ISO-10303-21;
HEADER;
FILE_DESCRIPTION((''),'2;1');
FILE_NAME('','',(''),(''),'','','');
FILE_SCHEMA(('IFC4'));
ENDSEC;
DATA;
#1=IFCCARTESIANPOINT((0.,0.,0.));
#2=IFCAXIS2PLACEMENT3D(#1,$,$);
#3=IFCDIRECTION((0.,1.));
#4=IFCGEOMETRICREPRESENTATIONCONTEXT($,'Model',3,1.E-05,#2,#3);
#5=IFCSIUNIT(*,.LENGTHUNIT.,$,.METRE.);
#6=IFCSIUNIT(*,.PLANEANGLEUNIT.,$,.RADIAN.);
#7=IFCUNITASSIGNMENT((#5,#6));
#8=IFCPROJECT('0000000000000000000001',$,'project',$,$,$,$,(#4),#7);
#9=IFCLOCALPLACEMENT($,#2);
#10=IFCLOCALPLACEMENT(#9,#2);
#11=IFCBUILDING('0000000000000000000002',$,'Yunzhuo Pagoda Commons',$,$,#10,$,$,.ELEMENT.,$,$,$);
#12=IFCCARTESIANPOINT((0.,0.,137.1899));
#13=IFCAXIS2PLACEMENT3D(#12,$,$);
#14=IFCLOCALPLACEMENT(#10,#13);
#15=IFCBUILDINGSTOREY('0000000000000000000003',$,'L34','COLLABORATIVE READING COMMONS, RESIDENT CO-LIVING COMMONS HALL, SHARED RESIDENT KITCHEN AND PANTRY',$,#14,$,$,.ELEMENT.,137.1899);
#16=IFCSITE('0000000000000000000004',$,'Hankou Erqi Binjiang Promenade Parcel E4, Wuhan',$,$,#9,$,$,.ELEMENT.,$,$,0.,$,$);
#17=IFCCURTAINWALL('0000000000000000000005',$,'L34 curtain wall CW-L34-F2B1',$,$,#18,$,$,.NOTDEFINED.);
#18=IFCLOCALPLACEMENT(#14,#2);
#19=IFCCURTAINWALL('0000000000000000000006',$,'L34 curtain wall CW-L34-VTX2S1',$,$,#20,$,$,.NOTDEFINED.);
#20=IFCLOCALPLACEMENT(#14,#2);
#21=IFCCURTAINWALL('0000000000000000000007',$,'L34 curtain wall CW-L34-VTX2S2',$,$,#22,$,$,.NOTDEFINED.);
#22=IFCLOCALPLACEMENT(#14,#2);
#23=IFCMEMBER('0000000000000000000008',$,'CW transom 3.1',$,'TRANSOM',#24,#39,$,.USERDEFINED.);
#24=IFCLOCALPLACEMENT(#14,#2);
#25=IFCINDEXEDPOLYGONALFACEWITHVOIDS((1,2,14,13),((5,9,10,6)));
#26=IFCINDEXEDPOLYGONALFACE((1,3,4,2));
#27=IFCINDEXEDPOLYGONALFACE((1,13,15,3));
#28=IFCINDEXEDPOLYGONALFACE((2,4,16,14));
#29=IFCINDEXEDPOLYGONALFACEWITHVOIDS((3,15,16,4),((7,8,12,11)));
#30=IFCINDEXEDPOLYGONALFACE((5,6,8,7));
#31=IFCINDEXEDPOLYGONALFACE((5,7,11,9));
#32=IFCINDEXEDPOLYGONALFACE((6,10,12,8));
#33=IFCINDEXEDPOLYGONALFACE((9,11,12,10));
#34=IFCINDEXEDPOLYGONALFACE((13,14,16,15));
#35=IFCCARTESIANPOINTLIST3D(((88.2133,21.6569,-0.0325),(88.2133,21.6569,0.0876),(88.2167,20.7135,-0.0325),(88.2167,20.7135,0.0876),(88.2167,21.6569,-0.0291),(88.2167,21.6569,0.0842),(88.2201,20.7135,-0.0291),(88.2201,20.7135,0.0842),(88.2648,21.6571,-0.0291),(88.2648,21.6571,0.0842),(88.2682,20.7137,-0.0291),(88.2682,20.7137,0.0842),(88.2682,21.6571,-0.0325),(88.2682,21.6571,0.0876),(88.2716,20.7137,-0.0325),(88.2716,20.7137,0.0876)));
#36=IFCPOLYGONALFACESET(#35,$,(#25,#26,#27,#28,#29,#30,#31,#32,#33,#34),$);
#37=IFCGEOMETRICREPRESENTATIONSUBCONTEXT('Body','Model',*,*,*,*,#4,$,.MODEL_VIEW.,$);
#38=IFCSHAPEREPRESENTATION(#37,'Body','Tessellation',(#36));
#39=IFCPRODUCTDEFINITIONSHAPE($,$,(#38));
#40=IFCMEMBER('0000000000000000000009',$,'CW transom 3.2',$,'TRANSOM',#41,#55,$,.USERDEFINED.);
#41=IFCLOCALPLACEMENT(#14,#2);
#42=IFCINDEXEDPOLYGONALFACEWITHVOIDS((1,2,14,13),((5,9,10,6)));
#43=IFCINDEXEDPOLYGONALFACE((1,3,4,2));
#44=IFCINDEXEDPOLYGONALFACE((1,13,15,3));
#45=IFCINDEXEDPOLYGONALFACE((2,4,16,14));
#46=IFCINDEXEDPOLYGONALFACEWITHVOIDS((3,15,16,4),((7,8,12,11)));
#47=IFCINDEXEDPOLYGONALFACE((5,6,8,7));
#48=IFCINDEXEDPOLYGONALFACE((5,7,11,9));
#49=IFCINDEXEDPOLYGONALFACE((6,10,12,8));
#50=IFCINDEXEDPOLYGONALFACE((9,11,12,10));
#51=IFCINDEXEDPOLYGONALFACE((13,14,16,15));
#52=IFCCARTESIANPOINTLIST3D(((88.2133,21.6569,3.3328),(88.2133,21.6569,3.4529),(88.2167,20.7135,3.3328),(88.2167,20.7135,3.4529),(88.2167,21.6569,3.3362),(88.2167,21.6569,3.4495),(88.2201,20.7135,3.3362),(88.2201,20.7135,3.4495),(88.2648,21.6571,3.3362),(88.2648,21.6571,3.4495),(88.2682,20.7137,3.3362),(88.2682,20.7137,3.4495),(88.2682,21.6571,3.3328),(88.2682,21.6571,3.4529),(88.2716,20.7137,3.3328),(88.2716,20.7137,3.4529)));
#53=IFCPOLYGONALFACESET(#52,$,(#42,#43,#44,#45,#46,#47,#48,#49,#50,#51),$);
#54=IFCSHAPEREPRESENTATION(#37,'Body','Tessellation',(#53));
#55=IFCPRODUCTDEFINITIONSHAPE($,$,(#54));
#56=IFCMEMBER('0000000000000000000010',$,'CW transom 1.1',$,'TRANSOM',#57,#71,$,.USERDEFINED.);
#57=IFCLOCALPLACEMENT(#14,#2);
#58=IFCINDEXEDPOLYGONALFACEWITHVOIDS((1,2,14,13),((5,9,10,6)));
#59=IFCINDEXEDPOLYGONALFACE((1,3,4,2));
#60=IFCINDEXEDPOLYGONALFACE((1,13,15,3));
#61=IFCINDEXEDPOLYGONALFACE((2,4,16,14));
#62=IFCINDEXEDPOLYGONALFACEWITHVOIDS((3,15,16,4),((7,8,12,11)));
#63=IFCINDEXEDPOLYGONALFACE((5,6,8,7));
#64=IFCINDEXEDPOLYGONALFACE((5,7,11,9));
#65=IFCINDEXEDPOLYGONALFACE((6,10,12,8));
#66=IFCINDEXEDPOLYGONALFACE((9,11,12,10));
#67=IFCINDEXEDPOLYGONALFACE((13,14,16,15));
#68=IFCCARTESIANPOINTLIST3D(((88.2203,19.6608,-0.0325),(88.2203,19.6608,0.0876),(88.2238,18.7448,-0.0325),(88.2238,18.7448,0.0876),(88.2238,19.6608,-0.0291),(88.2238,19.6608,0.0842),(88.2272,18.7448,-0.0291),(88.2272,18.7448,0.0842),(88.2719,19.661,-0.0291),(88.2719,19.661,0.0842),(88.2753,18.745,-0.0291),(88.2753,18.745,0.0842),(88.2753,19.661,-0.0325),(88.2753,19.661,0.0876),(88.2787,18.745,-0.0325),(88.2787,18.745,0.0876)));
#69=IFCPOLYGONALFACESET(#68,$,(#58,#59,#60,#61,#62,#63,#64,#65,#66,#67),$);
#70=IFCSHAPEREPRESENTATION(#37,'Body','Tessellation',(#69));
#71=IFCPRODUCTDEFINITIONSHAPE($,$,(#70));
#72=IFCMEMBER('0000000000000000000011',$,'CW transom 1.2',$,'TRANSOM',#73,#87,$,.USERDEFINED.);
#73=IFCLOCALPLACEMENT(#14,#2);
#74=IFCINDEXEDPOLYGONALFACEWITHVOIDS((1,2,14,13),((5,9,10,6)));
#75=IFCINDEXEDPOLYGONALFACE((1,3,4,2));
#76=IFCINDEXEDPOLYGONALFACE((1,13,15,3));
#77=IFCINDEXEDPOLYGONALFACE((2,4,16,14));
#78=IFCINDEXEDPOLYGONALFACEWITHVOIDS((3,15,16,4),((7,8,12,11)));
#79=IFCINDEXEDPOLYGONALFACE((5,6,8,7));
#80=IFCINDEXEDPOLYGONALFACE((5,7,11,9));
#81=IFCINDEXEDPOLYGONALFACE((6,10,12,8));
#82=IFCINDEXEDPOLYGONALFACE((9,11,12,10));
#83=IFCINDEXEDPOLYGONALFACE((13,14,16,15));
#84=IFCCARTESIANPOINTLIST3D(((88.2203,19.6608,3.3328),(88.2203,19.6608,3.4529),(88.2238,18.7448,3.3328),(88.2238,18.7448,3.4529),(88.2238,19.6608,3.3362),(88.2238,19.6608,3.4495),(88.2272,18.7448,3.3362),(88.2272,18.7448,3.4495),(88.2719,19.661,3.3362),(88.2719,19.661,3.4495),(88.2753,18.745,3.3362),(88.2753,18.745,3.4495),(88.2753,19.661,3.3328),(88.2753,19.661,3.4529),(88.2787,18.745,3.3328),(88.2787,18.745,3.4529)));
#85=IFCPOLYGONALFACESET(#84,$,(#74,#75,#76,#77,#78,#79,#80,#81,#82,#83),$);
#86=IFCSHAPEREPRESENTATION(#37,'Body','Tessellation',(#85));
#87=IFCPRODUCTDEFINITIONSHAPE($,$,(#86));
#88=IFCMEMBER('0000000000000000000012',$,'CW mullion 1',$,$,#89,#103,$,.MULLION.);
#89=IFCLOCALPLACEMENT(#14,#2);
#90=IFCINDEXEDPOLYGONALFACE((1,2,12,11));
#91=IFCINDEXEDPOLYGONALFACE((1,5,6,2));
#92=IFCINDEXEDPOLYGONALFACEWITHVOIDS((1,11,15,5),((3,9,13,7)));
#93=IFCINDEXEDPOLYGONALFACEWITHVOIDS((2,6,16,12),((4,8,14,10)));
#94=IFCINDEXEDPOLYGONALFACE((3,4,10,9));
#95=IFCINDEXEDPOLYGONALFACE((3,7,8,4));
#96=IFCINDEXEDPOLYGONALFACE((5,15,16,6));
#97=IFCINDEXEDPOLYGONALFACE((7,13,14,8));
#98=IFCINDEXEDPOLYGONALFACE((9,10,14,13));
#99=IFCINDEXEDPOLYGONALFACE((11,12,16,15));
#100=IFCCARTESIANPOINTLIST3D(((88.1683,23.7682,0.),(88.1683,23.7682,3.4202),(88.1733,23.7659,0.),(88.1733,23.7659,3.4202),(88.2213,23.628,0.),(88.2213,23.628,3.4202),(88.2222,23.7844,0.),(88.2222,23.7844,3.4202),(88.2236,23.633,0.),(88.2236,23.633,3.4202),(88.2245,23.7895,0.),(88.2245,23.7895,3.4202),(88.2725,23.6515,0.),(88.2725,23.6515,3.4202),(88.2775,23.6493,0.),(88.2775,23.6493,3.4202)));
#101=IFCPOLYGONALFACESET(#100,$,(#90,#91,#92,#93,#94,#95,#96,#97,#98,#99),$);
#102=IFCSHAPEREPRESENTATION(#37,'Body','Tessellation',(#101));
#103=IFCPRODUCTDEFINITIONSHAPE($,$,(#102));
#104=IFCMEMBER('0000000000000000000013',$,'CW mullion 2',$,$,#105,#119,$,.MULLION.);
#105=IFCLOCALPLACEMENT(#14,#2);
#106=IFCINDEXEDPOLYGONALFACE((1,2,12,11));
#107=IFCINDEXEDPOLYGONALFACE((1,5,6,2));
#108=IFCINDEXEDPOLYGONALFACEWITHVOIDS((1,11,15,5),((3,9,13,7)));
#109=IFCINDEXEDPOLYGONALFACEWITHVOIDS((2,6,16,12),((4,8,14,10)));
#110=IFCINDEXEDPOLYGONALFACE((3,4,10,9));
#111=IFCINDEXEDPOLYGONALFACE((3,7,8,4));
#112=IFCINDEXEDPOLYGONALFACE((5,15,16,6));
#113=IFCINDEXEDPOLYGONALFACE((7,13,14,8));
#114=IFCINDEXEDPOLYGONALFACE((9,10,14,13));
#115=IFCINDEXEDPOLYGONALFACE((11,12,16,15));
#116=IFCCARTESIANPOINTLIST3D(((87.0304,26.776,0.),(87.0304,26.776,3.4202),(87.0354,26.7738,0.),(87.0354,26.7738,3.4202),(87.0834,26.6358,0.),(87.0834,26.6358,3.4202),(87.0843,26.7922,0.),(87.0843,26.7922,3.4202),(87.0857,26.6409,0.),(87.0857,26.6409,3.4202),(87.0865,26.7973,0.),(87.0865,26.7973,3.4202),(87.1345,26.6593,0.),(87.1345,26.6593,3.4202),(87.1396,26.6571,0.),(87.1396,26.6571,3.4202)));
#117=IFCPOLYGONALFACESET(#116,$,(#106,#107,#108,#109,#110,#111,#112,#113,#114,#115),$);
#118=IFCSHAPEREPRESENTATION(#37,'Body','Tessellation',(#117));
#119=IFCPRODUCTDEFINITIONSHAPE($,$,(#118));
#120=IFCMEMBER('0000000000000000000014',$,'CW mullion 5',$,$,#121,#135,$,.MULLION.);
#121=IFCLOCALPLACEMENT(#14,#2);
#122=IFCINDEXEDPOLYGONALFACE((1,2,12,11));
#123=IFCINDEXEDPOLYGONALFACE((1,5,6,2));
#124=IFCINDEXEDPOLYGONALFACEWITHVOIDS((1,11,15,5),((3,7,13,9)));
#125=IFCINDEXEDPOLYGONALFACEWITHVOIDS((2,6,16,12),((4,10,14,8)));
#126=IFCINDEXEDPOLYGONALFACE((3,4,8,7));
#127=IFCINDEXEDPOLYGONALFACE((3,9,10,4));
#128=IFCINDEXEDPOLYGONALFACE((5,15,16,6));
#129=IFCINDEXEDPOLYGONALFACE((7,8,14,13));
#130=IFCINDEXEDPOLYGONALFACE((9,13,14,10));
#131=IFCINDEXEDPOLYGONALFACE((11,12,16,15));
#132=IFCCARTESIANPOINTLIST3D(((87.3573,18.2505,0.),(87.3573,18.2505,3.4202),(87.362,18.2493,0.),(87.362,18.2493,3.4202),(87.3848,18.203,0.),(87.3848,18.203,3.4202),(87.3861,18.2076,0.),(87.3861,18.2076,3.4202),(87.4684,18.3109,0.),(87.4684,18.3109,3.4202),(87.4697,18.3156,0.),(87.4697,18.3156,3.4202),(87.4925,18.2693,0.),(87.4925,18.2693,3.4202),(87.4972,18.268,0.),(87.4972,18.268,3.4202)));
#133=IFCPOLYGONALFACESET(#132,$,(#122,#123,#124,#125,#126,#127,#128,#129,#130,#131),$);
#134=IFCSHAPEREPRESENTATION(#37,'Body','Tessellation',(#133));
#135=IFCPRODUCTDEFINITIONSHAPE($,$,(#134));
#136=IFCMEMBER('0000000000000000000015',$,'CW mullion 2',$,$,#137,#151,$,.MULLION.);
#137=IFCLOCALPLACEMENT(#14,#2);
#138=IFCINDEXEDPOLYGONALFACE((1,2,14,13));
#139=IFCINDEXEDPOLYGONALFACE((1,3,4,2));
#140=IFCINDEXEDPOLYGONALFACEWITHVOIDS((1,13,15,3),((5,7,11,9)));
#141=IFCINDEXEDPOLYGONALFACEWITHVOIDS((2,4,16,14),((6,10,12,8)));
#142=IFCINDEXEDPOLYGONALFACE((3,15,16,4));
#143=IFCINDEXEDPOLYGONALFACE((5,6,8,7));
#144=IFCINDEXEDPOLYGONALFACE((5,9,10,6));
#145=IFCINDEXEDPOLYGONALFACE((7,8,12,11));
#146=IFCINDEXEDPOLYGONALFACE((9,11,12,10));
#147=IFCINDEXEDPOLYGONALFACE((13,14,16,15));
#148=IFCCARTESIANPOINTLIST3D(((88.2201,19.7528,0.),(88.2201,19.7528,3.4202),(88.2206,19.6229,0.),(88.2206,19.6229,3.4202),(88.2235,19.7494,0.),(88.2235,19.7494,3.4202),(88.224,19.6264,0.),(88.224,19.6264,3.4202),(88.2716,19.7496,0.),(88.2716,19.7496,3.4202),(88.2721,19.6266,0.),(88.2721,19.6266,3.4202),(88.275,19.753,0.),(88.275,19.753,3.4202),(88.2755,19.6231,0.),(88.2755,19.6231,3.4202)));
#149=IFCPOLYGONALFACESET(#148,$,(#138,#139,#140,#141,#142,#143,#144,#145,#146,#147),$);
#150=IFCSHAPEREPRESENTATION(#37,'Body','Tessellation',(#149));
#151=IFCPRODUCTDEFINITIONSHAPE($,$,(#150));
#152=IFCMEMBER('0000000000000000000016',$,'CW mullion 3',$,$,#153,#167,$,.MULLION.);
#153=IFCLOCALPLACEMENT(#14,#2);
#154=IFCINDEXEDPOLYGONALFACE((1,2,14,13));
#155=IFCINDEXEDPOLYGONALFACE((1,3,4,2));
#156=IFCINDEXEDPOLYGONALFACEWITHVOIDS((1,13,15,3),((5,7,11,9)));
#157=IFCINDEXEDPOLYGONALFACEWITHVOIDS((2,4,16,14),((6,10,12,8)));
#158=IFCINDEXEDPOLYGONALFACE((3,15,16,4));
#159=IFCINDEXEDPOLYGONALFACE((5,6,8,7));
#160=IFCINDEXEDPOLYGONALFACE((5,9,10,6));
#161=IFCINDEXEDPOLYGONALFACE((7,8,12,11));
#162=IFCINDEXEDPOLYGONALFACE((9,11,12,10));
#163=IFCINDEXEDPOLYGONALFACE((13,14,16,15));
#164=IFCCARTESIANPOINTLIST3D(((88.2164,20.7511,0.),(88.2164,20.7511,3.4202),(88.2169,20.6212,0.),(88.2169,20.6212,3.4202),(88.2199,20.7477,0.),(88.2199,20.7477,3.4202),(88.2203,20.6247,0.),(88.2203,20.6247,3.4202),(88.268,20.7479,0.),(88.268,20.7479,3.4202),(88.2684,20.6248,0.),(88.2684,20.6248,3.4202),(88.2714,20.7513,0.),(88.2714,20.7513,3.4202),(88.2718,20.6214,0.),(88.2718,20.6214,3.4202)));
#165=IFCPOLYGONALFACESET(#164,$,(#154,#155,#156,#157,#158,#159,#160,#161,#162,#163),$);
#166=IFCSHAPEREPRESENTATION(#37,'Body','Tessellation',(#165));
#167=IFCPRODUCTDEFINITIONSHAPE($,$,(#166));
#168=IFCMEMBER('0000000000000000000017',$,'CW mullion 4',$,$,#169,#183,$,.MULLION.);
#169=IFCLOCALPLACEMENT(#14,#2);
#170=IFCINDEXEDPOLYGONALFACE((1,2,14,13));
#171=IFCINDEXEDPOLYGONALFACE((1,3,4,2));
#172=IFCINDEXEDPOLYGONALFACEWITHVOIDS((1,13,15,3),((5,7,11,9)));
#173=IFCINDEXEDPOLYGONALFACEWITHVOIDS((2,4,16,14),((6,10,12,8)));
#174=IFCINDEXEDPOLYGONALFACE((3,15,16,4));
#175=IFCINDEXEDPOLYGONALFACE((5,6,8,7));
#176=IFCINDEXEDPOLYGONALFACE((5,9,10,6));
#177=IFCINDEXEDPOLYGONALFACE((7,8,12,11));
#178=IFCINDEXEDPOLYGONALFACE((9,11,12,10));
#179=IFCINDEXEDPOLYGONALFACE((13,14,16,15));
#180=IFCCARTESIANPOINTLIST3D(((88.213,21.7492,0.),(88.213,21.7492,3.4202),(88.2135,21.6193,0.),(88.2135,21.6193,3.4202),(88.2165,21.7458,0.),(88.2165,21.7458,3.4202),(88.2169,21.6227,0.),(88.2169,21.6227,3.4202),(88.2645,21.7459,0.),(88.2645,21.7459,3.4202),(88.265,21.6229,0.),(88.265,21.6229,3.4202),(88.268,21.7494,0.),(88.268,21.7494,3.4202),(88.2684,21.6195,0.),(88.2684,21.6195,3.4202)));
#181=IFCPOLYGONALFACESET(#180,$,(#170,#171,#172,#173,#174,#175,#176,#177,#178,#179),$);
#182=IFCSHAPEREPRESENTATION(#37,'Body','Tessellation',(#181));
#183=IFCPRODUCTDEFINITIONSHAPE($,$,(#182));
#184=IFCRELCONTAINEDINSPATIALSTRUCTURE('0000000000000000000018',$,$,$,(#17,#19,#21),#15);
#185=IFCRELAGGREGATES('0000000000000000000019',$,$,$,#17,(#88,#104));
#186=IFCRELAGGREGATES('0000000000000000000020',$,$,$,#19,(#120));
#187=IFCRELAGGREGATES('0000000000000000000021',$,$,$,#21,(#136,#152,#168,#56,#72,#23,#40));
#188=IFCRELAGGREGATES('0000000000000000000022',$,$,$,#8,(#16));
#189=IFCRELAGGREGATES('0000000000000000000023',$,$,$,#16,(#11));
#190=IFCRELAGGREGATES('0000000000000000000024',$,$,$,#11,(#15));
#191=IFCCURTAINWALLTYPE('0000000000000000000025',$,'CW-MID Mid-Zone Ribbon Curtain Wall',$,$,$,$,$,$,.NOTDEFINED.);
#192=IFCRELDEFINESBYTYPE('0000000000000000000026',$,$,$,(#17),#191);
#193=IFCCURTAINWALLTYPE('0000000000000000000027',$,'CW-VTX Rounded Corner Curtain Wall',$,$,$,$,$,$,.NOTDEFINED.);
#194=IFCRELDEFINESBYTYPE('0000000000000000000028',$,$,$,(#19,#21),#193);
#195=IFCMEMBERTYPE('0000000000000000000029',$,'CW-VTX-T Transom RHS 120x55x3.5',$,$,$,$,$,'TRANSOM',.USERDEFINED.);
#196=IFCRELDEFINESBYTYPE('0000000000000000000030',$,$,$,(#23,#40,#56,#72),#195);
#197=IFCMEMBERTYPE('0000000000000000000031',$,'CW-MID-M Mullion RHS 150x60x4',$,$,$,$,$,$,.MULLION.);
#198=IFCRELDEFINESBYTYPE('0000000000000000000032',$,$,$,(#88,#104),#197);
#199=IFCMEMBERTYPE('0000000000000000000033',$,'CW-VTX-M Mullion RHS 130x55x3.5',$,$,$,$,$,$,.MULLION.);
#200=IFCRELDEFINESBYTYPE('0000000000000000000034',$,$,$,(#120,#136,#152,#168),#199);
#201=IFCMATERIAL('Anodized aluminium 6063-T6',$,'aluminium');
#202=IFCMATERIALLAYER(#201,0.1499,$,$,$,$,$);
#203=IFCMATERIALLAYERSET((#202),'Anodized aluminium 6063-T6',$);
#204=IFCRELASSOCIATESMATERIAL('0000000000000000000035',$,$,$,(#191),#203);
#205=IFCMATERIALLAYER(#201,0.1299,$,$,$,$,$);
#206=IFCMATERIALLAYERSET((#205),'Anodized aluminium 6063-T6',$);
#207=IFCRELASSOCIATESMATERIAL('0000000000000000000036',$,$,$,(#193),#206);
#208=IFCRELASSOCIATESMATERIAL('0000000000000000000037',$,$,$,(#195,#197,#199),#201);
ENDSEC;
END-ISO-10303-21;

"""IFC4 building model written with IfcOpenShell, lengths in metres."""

from ifc_helpers import new_model, si_unit, direction, frame, origin, origin_2d, place, context, subcontext, project, spatial, hollow_rectangle, extrude, source, transform, mapped, material, layer, layer_set, material_profile, profile_set, type_object, element, aggregate, save


model = new_model("IFC4")

# Units and contexts
model_context = context("Model", 3, precision=1e-05, world=origin(), true_north=direction((0.0, 1.0)))
body_context = subcontext(model_context, "Body", "Model", "MODEL_VIEW")
ifc_project = project(units=[si_unit("LENGTHUNIT", "METRE"), si_unit("PLANEANGLEUNIT", "RADIAN")], contexts=[model_context])

# Site, building, storey
site_placement = place(None, origin())
site = spatial("IfcSite", under=ifc_project, at=site_placement, Name="Hankou Erqi Binjiang Promenade Parcel E4, Wuhan", CompositionType="ELEMENT", RefElevation=0.0)
building_placement = place(site_placement, origin())
building = spatial("IfcBuilding", under=site, at=building_placement, Name="Yunzhuo Pagoda Commons", CompositionType="ELEMENT")
storey_placement = place(building_placement, frame((0.0, 0.0, 137.1899)))
storey = spatial("IfcBuildingStorey", under=building, at=storey_placement, Name="L34", Description="COLLABORATIVE READING COMMONS, RESIDENT CO-LIVING COMMONS HALL, SHARED RESIDENT KITCHEN AND PANTRY", CompositionType="ELEMENT", Elevation=137.1899)

# Curtain walls, members
ifc_material_1 = material(Name="Anodized aluminium 6063-T6", Category="aluminium")
ifc_layer_1 = layer(ifc_material_1, 0.1499)
ifc_layer_set_1 = layer_set([ifc_layer_1], Name="Anodized aluminium 6063-T6")
curtain_wall_type_1 = type_object("IfcCurtainWallType", Name="CW-MID Mid-Zone Ribbon Curtain Wall", PredefinedType="NOTDEFINED", material=ifc_layer_set_1)
curtain_wall_1_placement = place(storey_placement, origin())
curtain_wall_1 = element("IfcCurtainWall", 1, at=curtain_wall_1_placement, inside=storey, type_object=curtain_wall_type_1, Name="L34 curtain wall CW-L34-F2B1", PredefinedType="NOTDEFINED")
ifc_layer_2 = layer(ifc_material_1, 0.1299)
ifc_layer_set_2 = layer_set([ifc_layer_2], Name="Anodized aluminium 6063-T6")
curtain_wall_type_2 = type_object("IfcCurtainWallType", Name="CW-VTX Rounded Corner Curtain Wall", PredefinedType="NOTDEFINED", material=ifc_layer_set_2)
curtain_wall_2_placement = place(storey_placement, origin())
curtain_wall_2 = element("IfcCurtainWall", 2, at=curtain_wall_2_placement, inside=storey, type_object=curtain_wall_type_2, Name="L34 curtain wall CW-L34-VTX2S1", PredefinedType="NOTDEFINED")
ifc_material_profile_1 = material_profile(ifc_material_1, hollow_rectangle(XDim=0.0549, YDim=0.1201, WallThickness=0.0034, at=origin_2d()), Name="Anodized aluminium 6063-T6")
ifc_profile_set_1 = profile_set([ifc_material_profile_1], Name="Anodized aluminium 6063-T6")
member_type_1 = type_object("IfcMemberType", Name="CW-VTX-T Transom RHS 120x55x3.5", ElementType="TRANSOM", PredefinedType="USERDEFINED", material=ifc_profile_set_1)
curtain_wall_3_placement = place(storey_placement, origin())
curtain_wall_3 = element("IfcCurtainWall", 3, at=curtain_wall_3_placement, inside=storey, type_object=curtain_wall_type_2, Name="L34 curtain wall CW-L34-VTX2S2", PredefinedType="NOTDEFINED")
shared_shape_1 = source(origin(), body_context, "Body", "SweptSolid", [
    extrude(hollow_rectangle(XDim=0.0549, YDim=0.1201, WallThickness=0.0034, at=origin_2d()), origin(), (0.0, 0.0, 1.0), 0.9434),
])
member_1_placement = place(storey_placement, frame((88.2441, 20.7136, 0.0276), z_axis=(-0.003623, 0.999993, 0.0), x_axis=(-0.999993, -0.003623, 0.0)))
member_1 = element("IfcMember", 4, at=member_1_placement, type_object=member_type_1, Name="CW transom 3.1", ObjectType="TRANSOM", PredefinedType="USERDEFINED", context=body_context, shape_type="MappedRepresentation", body=[
    mapped(shared_shape_1, transform((0.0, 0.0, 0.0), scale=1.0)),
])
member_2_placement = place(storey_placement, frame((88.2441, 20.7136, 3.3928), z_axis=(-0.003623, 0.999993, 0.0), x_axis=(-0.999993, -0.003623, 0.0)))
member_2 = element("IfcMember", 5, at=member_2_placement, type_object=member_type_1, Name="CW transom 3.2", ObjectType="TRANSOM", PredefinedType="USERDEFINED", context=body_context, shape_type="MappedRepresentation", body=[
    mapped(shared_shape_1, transform((0.0, 0.0, 0.0), scale=1.0)),
])
shared_shape_2 = source(origin(), body_context, "Body", "SweptSolid", [
    extrude(hollow_rectangle(XDim=0.0549, YDim=0.1201, WallThickness=0.0034, at=origin_2d()), origin(), (0.0, 0.0, 1.0), 0.916),
])
member_3_placement = place(storey_placement, frame((88.2512, 18.7449, 0.0276), z_axis=(-0.003731, 0.999993, 0.0), x_axis=(-0.999993, -0.003731, 0.0)))
member_3 = element("IfcMember", 6, at=member_3_placement, type_object=member_type_1, Name="CW transom 1.1", ObjectType="TRANSOM", PredefinedType="USERDEFINED", context=body_context, shape_type="MappedRepresentation", body=[
    mapped(shared_shape_2, transform((0.0, 0.0, 0.0), scale=1.0)),
])
member_4_placement = place(storey_placement, frame((88.2512, 18.7449, 3.3928), z_axis=(-0.003731, 0.999993, 0.0), x_axis=(-0.999993, -0.003731, 0.0)))
member_4 = element("IfcMember", 7, at=member_4_placement, type_object=member_type_1, Name="CW transom 1.2", ObjectType="TRANSOM", PredefinedType="USERDEFINED", context=body_context, shape_type="MappedRepresentation", body=[
    mapped(shared_shape_2, transform((0.0, 0.0, 0.0), scale=1.0)),
])

# Members
ifc_material_profile_2 = material_profile(ifc_material_1, hollow_rectangle(XDim=0.0601, YDim=0.1499, WallThickness=0.0039, at=origin_2d()), Name="Anodized aluminium 6063-T6")
ifc_profile_set_2 = profile_set([ifc_material_profile_2], Name="Anodized aluminium 6063-T6")
member_type_2 = type_object("IfcMemberType", Name="CW-MID-M Mullion RHS 150x60x4", PredefinedType="MULLION", material=ifc_profile_set_2)
shared_shape_3 = source(origin(), body_context, "Body", "SweptSolid", [
    extrude(hollow_rectangle(XDim=0.0601, YDim=0.1499, WallThickness=0.0039, at=origin_2d()), origin(), (0.0, 0.0, 1.0), 3.4202),
])
member_5_placement = place(storey_placement, frame((88.2229, 23.7087, 0.0), z_axis=(0.0, 0.0, 1.0), x_axis=(-0.935322, -0.353798, 0.0)))
member_5 = element("IfcMember", 8, at=member_5_placement, type_object=member_type_2, Name="CW mullion 1", PredefinedType="MULLION", context=body_context, shape_type="MappedRepresentation", body=[
    mapped(shared_shape_3, transform((0.0, 0.0, 0.0), scale=1.0)),
])
member_6_placement = place(storey_placement, frame((87.085, 26.7166, 0.0), z_axis=(0.0, 0.0, 1.0), x_axis=(-0.935322, -0.353798, 0.0)))
member_6 = element("IfcMember", 9, at=member_6_placement, type_object=member_type_2, Name="CW mullion 2", PredefinedType="MULLION", context=body_context, shape_type="MappedRepresentation", body=[
    mapped(shared_shape_3, transform((0.0, 0.0, 0.0), scale=1.0)),
])
ifc_material_profile_3 = material_profile(ifc_material_1, hollow_rectangle(XDim=0.0549, YDim=0.1299, WallThickness=0.0034, at=origin_2d()), Name="Anodized aluminium 6063-T6")
ifc_profile_set_3 = profile_set([ifc_material_profile_3], Name="Anodized aluminium 6063-T6")
member_type_3 = type_object("IfcMemberType", Name="CW-VTX-M Mullion RHS 130x55x3.5", PredefinedType="MULLION", material=ifc_profile_set_3)
shared_shape_4 = source(origin(), body_context, "Body", "SweptSolid", [
    extrude(hollow_rectangle(XDim=0.0549, YDim=0.1299, WallThickness=0.0034, at=origin_2d()), origin(), (0.0, 0.0, 1.0), 3.4202),
])
member_7_placement = place(storey_placement, frame((87.4272, 18.2593, 0.0), z_axis=(0.0, 0.0, 1.0), x_axis=(-0.501038, 0.865425, 0.0)))
member_7 = element("IfcMember", 10, at=member_7_placement, type_object=member_type_3, Name="CW mullion 5", PredefinedType="MULLION", context=body_context, shape_type="MappedRepresentation", body=[
    mapped(shared_shape_4, transform((0.0, 0.0, 0.0), scale=1.0)),
])
member_8_placement = place(storey_placement, frame((88.2478, 19.688, 0.0), z_axis=(0.0, 0.0, 1.0), x_axis=(-0.999994, -0.003587, 0.0)))
member_8 = element("IfcMember", 11, at=member_8_placement, type_object=member_type_3, Name="CW mullion 2", PredefinedType="MULLION", context=body_context, shape_type="MappedRepresentation", body=[
    mapped(shared_shape_4, transform((0.0, 0.0, 0.0), scale=1.0)),
])
member_9_placement = place(storey_placement, frame((88.2441, 20.6863, 0.0), z_axis=(0.0, 0.0, 1.0), x_axis=(-0.999994, -0.003587, 0.0)))
member_9 = element("IfcMember", 12, at=member_9_placement, type_object=member_type_3, Name="CW mullion 3", PredefinedType="MULLION", context=body_context, shape_type="MappedRepresentation", body=[
    mapped(shared_shape_4, transform((0.0, 0.0, 0.0), scale=1.0)),
])
member_10_placement = place(storey_placement, frame((88.2407, 21.6843, 0.0), z_axis=(0.0, 0.0, 1.0), x_axis=(-0.999994, -0.003587, 0.0)))
member_10 = element("IfcMember", 13, at=member_10_placement, type_object=member_type_3, Name="CW mullion 4", PredefinedType="MULLION", context=body_context, shape_type="MappedRepresentation", body=[
    mapped(shared_shape_4, transform((0.0, 0.0, 0.0), scale=1.0)),
])

aggregate(curtain_wall_1, [member_5, member_6])
aggregate(curtain_wall_2, [member_7])
aggregate(curtain_wall_3, [member_8, member_9, member_10, member_3, member_4, member_1, member_2])

save(model, "model.ifc")
